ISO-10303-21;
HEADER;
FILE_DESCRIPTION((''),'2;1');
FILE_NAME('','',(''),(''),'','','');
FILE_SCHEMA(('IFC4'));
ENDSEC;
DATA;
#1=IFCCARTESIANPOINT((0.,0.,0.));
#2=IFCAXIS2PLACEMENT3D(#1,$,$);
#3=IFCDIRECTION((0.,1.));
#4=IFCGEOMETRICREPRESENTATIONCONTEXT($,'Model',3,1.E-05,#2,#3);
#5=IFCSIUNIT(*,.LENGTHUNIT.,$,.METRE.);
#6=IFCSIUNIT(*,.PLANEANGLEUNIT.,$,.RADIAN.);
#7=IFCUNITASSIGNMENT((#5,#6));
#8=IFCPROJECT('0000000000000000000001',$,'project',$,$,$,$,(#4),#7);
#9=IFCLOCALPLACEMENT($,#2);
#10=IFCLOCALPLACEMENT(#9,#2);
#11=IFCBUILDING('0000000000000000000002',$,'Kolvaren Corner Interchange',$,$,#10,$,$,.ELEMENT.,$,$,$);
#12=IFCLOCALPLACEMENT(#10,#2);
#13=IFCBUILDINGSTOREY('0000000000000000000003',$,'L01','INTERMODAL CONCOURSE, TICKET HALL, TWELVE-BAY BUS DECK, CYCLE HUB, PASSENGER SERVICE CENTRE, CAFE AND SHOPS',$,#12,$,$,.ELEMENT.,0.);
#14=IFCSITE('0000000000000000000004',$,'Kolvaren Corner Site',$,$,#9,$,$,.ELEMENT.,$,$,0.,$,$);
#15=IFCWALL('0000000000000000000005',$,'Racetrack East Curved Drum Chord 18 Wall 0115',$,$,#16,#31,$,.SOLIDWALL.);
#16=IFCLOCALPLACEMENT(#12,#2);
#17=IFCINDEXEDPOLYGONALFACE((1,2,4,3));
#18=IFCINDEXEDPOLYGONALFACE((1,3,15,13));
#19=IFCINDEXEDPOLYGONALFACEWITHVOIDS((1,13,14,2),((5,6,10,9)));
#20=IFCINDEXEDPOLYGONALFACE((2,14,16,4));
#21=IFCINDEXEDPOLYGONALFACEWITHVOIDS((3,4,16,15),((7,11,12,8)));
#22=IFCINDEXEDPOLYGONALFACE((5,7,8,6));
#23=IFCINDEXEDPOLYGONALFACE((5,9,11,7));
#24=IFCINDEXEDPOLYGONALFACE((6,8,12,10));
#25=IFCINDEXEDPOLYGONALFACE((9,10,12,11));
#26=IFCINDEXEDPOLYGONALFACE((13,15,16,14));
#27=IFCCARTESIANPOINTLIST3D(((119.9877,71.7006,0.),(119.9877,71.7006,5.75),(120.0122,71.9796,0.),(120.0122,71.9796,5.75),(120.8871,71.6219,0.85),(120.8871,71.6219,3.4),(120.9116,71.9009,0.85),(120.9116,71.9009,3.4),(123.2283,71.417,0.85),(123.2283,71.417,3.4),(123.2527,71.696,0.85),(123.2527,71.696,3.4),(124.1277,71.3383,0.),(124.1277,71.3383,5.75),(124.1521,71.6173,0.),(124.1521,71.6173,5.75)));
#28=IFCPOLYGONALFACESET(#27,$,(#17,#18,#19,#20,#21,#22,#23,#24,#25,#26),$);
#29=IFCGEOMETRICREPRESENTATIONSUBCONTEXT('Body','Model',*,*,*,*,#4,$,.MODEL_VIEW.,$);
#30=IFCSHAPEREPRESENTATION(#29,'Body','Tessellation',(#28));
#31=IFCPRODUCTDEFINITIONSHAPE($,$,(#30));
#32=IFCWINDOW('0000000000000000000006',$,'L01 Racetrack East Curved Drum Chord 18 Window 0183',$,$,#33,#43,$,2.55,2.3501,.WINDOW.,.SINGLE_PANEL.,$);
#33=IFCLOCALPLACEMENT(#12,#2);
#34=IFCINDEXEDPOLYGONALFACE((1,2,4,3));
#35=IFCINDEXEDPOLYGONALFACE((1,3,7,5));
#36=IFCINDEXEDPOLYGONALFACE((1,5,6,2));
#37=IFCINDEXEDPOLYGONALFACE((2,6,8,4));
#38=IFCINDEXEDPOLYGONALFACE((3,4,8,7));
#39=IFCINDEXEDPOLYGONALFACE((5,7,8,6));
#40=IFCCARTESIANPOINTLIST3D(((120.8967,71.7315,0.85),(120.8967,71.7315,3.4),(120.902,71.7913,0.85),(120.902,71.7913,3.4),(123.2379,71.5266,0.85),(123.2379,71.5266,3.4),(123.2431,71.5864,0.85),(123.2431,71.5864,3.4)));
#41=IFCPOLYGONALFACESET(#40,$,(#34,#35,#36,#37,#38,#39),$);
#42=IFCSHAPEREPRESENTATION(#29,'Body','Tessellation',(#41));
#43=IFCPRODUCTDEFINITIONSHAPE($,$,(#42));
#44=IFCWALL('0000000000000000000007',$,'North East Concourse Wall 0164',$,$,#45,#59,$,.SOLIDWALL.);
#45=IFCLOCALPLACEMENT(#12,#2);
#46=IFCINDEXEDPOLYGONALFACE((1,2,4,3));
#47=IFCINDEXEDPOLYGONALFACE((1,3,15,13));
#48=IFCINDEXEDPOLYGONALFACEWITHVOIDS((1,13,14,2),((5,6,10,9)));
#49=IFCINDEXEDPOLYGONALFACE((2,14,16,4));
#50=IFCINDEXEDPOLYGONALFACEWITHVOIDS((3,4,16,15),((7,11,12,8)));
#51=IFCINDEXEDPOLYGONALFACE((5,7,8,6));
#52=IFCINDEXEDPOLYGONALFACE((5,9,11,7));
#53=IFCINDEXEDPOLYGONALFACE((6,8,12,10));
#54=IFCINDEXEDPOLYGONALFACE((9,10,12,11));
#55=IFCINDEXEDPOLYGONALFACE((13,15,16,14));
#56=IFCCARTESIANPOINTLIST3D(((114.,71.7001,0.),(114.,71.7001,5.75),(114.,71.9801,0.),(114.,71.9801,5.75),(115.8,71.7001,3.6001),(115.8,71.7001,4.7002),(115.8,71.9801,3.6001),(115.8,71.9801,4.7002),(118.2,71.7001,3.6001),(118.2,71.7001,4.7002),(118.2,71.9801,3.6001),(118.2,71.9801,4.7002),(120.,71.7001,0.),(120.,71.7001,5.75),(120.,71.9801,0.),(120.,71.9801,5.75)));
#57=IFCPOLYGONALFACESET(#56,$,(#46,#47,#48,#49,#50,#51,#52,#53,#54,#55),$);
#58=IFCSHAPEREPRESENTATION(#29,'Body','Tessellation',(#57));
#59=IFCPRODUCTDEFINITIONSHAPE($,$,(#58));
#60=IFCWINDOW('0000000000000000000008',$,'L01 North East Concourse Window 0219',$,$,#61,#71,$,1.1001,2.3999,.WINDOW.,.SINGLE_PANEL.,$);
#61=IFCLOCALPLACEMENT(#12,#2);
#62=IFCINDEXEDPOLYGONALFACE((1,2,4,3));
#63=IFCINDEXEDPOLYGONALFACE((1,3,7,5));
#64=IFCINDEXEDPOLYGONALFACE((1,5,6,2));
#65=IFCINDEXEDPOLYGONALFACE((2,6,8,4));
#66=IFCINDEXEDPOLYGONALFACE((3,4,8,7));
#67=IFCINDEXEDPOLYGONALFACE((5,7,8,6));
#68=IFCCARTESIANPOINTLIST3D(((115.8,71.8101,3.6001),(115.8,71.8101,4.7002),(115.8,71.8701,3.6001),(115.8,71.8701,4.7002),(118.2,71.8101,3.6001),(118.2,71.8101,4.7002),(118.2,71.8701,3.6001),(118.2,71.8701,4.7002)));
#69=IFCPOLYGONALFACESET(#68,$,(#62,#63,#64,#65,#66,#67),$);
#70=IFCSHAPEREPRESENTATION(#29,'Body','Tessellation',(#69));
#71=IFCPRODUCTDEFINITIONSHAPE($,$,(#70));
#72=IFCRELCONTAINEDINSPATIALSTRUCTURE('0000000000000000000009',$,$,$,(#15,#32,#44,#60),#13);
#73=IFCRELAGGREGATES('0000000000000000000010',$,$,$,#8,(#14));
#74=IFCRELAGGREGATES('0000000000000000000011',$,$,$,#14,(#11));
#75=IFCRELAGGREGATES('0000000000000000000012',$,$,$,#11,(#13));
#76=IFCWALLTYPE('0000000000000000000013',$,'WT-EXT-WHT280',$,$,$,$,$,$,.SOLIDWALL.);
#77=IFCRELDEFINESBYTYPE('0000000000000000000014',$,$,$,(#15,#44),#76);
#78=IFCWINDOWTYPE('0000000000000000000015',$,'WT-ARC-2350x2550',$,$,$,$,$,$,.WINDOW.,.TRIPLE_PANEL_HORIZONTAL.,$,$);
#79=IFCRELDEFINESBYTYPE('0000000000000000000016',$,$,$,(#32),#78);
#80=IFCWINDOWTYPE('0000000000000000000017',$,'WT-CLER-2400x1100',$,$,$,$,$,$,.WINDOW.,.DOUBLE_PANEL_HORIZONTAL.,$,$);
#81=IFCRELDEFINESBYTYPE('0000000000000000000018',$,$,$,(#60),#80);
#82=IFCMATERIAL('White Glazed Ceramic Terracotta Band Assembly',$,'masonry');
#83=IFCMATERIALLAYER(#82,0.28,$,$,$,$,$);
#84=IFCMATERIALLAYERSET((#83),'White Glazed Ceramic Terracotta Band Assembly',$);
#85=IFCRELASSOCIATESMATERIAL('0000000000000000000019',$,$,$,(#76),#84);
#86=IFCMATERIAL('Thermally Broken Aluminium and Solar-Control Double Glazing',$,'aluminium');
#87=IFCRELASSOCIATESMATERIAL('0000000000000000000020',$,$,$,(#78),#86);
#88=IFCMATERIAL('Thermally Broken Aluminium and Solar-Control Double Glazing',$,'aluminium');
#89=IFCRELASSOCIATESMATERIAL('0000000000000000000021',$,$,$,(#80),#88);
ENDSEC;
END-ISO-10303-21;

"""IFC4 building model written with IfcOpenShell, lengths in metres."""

from ifc_helpers import new_model, si_unit, direction, frame, frame_2d, origin, place, context, subcontext, project, spatial, rectangle, extrude, material, layer, layer_set, type_object, element, fill, save


model = new_model("IFC4")

# Units and contexts
model_context = context("Model", 3, precision=1e-05, world=origin(), true_north=direction((0.0, 1.0)))
body_context = subcontext(model_context, "Body", "Model", "MODEL_VIEW")
ifc_project = project(units=[si_unit("LENGTHUNIT", "METRE"), si_unit("PLANEANGLEUNIT", "RADIAN")], contexts=[model_context])

# Site, building, storey
site_placement = place(None, origin())
site = spatial("IfcSite", under=ifc_project, at=site_placement, Name="Kolvaren Corner Site", CompositionType="ELEMENT", RefElevation=0.0)
building_placement = place(site_placement, origin())
building = spatial("IfcBuilding", under=site, at=building_placement, Name="Kolvaren Corner Interchange", CompositionType="ELEMENT")
storey_placement = place(building_placement, origin())
storey = spatial("IfcBuildingStorey", under=building, at=storey_placement, Name="L01", Description="INTERMODAL CONCOURSE, TICKET HALL, TWELVE-BAY BUS DECK, CYCLE HUB, PASSENGER SERVICE CENTRE, CAFE AND SHOPS", CompositionType="ELEMENT", Elevation=0.0)

# Walls, openings, windows
ifc_material_1 = material(Name="White Glazed Ceramic Terracotta Band Assembly", Category="masonry")
ifc_layer_1 = layer(ifc_material_1, 0.28)
ifc_layer_set_1 = layer_set([ifc_layer_1], Name="White Glazed Ceramic Terracotta Band Assembly")
wall_type = type_object("IfcWallType", Name="WT-EXT-WHT280", PredefinedType="SOLIDWALL", material=ifc_layer_set_1)
wall_1_placement = place(storey_placement, frame((124.1399, 71.4778, 0.0), z_axis=(0.0, 0.0, 1.0), x_axis=(-0.996192, 0.087182, 0.0)))
wall_1 = element("IfcWall", 1, at=wall_1_placement, inside=storey, type_object=wall_type, Name="Racetrack East Curved Drum Chord 18 Wall 0115", PredefinedType="SOLIDWALL", context=body_context, shape_type="SweptSolid", body=[
    extrude(rectangle(XDim=4.1558, YDim=0.28, at=frame_2d((2.0779, 0.0))), origin(), (0.0, 0.0, 1.0), 5.75),
])
opening_1_placement = place(wall_1_placement, frame((0.9028, 0.0, 0.8501)))
opening_1 = element("IfcOpeningElement", 2, at=opening_1_placement, cuts=wall_1, PredefinedType="OPENING", context=body_context, shape_type="SweptSolid", body=[
    extrude(rectangle(XDim=2.3501, YDim=2.55, at=frame_2d((1.175, 1.2749))), frame((0.0, 0.1499, 0.0), z_axis=(0.0, -1.0, 0.0), x_axis=(1.0, 0.0, 0.0)), (0.0, 0.0, 1.0), 0.3),
])
ifc_material_2 = material(Name="Thermally Broken Aluminium and Solar-Control Double Glazing", Category="aluminium")
window_type_1 = type_object("IfcWindowType", Name="WT-ARC-2350x2550", PartitioningType="TRIPLE_PANEL_HORIZONTAL", PredefinedType="WINDOW", material=ifc_material_2)
window_1_placement = place(opening_1_placement, origin())
window_1 = element("IfcWindow", 3, at=window_1_placement, inside=storey, type_object=window_type_1, Name="L01 Racetrack East Curved Drum Chord 18 Window 0183", OverallHeight=2.55, OverallWidth=2.3501, PartitioningType="SINGLE_PANEL", PredefinedType="WINDOW", context=body_context, shape_type="SweptSolid", body=[
    extrude(rectangle(XDim=2.3501, YDim=2.55, at=frame_2d((1.175, 1.2749))), frame((0.0, 0.03, 0.0), z_axis=(0.0, -1.0, 0.0), x_axis=(1.0, 0.0, 0.0)), (0.0, 0.0, 1.0), 0.0601),
])
fill(opening_1, window_1)
wall_2_placement = place(storey_placement, frame((120.0, 71.8401, 0.0), z_axis=(0.0, 0.0, 1.0), x_axis=(-1.0, 0.0, 0.0)))
wall_2 = element("IfcWall", 4, at=wall_2_placement, inside=storey, type_object=wall_type, Name="North East Concourse Wall 0164", PredefinedType="SOLIDWALL", context=body_context, shape_type="SweptSolid", body=[
    extrude(rectangle(XDim=6.0, YDim=0.28, at=frame_2d((3.0, 0.0))), origin(), (0.0, 0.0, 1.0), 5.75),
])
opening_2_placement = place(wall_2_placement, frame((1.8, 0.0, 3.6001)))
opening_2 = element("IfcOpeningElement", 5, at=opening_2_placement, cuts=wall_2, PredefinedType="OPENING", context=body_context, shape_type="SweptSolid", body=[
    extrude(rectangle(XDim=2.3999, YDim=1.1001, at=frame_2d((1.2, 0.55))), frame((0.0, 0.1499, 0.0), z_axis=(0.0, -1.0, 0.0), x_axis=(1.0, 0.0, 0.0)), (0.0, 0.0, 1.0), 0.3),
])
ifc_material_3 = material(Name="Thermally Broken Aluminium and Solar-Control Double Glazing", Category="aluminium")
window_type_2 = type_object("IfcWindowType", Name="WT-CLER-2400x1100", PartitioningType="DOUBLE_PANEL_HORIZONTAL", PredefinedType="WINDOW", material=ifc_material_3)
window_2_placement = place(opening_2_placement, origin())
window_2 = element("IfcWindow", 6, at=window_2_placement, inside=storey, type_object=window_type_2, Name="L01 North East Concourse Window 0219", OverallHeight=1.1001, OverallWidth=2.3999, PartitioningType="SINGLE_PANEL", PredefinedType="WINDOW", context=body_context, shape_type="SweptSolid", body=[
    extrude(rectangle(XDim=2.3999, YDim=1.1001, at=frame_2d((1.2, 0.55))), frame((0.0, 0.03, 0.0), z_axis=(0.0, -1.0, 0.0), x_axis=(1.0, 0.0, 0.0)), (0.0, 0.0, 1.0), 0.0601),
])
fill(opening_2, window_2)

save(model, "model.ifc")
